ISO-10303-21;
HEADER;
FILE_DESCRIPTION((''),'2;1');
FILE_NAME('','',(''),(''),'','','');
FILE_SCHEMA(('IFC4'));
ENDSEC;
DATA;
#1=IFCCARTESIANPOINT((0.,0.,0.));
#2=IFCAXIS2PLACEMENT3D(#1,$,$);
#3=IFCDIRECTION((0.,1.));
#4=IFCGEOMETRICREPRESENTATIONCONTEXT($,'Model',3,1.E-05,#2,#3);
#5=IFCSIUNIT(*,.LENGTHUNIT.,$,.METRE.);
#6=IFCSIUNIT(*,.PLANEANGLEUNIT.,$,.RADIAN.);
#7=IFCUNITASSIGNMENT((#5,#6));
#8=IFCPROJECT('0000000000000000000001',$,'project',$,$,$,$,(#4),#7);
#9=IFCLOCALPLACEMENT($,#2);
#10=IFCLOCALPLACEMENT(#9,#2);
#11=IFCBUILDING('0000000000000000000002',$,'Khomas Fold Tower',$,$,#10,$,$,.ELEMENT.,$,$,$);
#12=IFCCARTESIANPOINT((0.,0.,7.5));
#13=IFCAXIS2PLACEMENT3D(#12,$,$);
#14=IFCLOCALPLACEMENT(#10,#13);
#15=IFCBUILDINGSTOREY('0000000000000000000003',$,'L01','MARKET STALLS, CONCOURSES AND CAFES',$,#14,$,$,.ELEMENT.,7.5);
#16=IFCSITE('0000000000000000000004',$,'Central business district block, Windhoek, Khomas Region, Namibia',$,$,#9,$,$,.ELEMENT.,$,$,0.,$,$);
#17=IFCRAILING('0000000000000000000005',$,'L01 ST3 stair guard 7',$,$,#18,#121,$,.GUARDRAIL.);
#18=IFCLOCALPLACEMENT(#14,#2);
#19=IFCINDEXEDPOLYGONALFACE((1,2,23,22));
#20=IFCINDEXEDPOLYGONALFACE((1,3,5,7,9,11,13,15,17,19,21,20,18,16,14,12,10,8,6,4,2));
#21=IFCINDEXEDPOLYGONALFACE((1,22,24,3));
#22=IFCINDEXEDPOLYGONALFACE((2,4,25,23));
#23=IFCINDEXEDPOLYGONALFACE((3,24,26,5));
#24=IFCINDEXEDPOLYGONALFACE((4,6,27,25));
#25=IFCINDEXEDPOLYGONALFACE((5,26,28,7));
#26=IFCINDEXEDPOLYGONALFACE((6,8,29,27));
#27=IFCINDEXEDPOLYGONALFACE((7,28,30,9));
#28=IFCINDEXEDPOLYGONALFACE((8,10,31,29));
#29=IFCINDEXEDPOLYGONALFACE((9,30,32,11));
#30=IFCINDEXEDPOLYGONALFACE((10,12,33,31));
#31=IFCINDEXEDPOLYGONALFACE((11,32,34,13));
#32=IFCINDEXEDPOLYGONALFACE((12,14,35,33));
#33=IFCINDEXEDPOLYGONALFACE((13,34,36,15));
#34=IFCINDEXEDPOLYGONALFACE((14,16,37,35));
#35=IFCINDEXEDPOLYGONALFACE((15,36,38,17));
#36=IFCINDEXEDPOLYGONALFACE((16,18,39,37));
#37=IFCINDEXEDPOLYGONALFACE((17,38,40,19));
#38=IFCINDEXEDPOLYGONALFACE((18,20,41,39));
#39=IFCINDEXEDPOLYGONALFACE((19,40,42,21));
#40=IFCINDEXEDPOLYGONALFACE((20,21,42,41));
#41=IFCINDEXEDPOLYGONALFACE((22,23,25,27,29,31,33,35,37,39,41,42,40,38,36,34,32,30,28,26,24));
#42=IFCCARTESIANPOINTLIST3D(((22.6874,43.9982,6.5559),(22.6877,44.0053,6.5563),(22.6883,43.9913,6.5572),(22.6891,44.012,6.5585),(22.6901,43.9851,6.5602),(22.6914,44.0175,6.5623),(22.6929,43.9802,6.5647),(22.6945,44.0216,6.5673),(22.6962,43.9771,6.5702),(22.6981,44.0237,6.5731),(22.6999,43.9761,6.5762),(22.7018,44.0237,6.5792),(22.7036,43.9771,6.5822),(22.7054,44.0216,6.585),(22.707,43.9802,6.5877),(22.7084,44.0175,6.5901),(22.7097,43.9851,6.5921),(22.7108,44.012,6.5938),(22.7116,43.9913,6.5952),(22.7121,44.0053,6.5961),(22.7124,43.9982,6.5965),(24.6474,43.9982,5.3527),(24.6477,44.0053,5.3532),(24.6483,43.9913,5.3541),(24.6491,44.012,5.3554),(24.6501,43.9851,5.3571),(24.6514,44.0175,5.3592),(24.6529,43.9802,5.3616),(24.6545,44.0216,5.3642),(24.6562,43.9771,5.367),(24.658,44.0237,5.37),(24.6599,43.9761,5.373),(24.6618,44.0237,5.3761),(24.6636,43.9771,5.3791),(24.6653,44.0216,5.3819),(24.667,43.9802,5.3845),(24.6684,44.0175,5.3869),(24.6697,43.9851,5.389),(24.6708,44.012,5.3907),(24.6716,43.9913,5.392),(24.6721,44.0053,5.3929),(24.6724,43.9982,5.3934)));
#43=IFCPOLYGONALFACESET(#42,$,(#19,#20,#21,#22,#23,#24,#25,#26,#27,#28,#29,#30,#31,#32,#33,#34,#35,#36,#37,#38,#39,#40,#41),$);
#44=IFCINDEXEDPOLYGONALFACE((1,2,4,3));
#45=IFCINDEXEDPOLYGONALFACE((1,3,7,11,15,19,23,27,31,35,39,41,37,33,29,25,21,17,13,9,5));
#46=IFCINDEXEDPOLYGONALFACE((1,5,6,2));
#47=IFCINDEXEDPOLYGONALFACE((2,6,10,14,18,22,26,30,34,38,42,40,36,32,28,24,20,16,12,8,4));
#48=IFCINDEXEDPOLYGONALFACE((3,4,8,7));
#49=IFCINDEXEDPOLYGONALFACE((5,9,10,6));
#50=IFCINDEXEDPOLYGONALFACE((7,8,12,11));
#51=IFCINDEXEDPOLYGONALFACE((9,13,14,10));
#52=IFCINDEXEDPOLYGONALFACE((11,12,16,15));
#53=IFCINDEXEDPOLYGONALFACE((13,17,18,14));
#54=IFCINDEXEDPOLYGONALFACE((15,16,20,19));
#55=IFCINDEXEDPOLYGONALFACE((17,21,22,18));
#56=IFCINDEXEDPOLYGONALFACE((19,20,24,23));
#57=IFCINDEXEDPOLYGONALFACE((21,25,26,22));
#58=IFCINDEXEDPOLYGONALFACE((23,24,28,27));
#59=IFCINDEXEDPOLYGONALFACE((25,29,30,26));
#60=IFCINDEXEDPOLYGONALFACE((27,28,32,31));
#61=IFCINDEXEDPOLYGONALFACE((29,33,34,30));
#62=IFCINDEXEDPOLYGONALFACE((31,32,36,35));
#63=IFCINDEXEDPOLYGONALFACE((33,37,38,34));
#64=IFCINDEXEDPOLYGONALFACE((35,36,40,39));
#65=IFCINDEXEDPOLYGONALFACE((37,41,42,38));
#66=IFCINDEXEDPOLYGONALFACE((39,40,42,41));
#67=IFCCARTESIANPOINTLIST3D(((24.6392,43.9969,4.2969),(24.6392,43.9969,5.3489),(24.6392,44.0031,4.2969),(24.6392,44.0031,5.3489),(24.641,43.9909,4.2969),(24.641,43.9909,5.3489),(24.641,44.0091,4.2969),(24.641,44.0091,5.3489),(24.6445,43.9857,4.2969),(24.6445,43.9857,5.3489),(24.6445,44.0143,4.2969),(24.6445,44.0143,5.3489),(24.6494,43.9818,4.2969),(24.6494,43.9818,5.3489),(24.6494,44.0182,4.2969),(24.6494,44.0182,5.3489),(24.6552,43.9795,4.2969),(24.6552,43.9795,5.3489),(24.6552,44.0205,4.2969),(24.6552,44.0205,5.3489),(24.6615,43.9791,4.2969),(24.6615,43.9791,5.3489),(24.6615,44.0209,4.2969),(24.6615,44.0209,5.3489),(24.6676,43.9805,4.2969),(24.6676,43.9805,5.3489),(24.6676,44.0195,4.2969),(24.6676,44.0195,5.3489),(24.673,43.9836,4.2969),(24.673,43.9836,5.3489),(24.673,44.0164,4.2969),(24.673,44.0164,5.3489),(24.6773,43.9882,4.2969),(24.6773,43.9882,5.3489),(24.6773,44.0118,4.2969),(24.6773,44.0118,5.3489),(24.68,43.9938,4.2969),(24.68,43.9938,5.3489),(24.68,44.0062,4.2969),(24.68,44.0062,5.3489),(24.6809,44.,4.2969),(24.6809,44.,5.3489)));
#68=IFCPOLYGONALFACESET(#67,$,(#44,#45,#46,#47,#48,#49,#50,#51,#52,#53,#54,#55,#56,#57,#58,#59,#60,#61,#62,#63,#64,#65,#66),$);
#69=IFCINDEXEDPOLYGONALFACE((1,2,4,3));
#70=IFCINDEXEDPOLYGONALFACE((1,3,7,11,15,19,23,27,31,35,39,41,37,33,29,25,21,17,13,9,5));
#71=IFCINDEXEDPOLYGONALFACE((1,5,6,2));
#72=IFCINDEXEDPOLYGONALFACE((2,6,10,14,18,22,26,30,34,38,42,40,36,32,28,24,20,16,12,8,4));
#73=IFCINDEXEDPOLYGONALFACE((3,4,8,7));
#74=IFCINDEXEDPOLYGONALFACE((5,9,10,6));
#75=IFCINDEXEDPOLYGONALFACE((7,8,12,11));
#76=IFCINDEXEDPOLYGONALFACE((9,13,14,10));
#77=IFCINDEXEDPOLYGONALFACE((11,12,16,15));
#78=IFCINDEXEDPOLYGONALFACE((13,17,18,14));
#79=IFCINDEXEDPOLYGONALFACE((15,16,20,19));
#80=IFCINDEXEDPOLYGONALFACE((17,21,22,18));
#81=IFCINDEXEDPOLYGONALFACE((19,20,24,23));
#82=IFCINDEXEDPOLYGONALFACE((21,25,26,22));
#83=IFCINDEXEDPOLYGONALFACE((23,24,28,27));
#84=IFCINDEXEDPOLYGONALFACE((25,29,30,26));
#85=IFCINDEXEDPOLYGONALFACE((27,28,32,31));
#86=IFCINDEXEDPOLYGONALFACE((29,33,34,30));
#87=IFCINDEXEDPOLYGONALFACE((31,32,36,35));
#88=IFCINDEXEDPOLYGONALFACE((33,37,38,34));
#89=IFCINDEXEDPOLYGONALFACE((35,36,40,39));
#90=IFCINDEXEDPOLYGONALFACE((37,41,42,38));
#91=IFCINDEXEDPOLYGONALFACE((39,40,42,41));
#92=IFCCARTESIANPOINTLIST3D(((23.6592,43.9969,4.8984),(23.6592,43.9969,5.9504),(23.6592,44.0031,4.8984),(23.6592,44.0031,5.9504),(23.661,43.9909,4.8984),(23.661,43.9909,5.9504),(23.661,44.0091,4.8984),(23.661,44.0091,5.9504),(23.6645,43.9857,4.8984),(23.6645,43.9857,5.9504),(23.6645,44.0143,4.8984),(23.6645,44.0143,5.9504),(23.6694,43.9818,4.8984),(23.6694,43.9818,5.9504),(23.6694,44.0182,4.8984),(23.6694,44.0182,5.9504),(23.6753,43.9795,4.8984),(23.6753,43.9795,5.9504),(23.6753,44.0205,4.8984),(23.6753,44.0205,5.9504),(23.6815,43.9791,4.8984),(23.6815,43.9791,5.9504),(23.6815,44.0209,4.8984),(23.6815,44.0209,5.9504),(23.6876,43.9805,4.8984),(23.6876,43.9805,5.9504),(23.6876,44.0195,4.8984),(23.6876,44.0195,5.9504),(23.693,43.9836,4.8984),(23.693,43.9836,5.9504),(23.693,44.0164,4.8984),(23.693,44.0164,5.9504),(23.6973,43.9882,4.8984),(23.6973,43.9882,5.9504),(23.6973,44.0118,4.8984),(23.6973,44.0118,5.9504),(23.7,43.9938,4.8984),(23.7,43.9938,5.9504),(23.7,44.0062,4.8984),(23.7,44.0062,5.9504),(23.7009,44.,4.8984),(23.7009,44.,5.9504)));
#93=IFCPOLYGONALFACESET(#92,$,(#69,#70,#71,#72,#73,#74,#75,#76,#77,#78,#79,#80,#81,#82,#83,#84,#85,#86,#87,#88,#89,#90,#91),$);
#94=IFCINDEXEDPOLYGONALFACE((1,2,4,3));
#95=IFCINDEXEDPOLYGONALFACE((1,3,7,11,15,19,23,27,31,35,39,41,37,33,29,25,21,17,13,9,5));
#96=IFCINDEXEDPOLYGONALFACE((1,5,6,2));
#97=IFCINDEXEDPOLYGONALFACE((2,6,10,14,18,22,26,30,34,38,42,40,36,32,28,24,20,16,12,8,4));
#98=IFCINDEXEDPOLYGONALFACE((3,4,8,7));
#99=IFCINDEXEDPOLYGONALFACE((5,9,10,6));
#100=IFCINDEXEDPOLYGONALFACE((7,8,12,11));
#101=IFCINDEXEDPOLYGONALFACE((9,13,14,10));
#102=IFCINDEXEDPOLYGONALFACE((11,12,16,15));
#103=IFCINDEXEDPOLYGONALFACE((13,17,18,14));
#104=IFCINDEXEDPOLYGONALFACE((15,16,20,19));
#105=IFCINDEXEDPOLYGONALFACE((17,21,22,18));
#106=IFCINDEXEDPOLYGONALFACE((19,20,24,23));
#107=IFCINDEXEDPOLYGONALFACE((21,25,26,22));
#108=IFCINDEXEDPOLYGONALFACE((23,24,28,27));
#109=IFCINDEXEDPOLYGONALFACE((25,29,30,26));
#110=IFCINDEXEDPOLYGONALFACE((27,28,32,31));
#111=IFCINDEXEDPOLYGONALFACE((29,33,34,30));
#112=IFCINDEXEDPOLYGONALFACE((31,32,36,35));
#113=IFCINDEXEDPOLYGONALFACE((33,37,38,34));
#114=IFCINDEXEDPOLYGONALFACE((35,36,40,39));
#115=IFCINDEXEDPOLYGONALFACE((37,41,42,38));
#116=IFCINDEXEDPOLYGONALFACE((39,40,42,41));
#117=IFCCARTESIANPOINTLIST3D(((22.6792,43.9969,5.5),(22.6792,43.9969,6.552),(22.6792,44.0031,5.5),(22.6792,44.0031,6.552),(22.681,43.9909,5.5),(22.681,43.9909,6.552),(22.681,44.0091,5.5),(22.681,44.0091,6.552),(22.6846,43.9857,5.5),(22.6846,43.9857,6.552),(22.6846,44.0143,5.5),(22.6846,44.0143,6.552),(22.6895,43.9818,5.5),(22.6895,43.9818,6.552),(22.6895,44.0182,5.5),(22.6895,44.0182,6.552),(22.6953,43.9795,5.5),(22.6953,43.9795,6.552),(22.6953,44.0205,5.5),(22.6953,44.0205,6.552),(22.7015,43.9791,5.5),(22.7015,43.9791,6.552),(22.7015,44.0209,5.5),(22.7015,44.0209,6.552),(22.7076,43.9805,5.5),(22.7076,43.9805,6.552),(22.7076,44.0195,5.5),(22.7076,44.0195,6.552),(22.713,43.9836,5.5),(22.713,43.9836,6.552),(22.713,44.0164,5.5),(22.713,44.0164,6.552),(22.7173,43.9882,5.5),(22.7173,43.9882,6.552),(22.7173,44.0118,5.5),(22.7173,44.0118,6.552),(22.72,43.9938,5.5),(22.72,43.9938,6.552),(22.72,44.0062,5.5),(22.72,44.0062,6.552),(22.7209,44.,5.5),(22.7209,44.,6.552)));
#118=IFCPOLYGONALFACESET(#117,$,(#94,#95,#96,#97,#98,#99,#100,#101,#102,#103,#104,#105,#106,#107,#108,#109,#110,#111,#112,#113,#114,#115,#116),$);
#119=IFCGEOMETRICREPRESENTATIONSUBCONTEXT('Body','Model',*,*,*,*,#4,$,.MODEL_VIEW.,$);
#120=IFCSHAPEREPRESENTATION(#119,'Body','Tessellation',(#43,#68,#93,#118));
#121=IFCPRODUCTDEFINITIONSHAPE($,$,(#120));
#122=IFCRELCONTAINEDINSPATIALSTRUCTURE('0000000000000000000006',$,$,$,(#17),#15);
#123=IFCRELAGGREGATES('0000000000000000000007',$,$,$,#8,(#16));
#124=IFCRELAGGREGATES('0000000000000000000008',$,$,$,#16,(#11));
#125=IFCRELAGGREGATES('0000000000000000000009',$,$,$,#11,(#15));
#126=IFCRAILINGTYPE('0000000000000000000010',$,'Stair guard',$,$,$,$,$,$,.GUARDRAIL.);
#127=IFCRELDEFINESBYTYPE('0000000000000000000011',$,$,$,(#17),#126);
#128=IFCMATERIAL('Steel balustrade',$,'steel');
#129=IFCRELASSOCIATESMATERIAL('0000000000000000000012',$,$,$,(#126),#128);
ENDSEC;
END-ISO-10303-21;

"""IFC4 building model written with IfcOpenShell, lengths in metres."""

from ifc_helpers import new_model, si_unit, direction, frame, origin, origin_2d, place, context, subcontext, project, spatial, circle, extrude, source, transform, mapped, material, type_object, element, save


model = new_model("IFC4")

# Units and contexts
model_context = context("Model", 3, precision=1e-05, world=origin(), true_north=direction((0.0, 1.0)))
body_context = subcontext(model_context, "Body", "Model", "MODEL_VIEW")
ifc_project = project(units=[si_unit("LENGTHUNIT", "METRE"), si_unit("PLANEANGLEUNIT", "RADIAN")], contexts=[model_context])

# Site, building, storey
site_placement = place(None, origin())
site = spatial("IfcSite", under=ifc_project, at=site_placement, Name="Central business district block, Windhoek, Khomas Region, Namibia", CompositionType="ELEMENT", RefElevation=0.0)
building_placement = place(site_placement, origin())
building = spatial("IfcBuilding", under=site, at=building_placement, Name="Khomas Fold Tower", CompositionType="ELEMENT")
storey_placement = place(building_placement, frame((0.0, 0.0, 7.5)))
storey = spatial("IfcBuildingStorey", under=building, at=storey_placement, Name="L01", Description="MARKET STALLS, CONCOURSES AND CAFES", CompositionType="ELEMENT", Elevation=7.5)

# Railing
ifc_material_1 = material(Name="Steel balustrade", Category="steel")
railing_type_1 = type_object("IfcRailingType", Name="Stair guard", PredefinedType="GUARDRAIL", material=ifc_material_1)
shared_shape_1 = source(origin(), body_context, "Body", "SweptSolid", [
    extrude(circle(Radius=0.0239, at=origin_2d()), frame((0.0, 0.0, 1.0762), z_axis=(-0.852241, 0.0, 0.523149), x_axis=(0.0, -1.0, 0.0)), (0.0, 0.0, 1.0), 2.2998),
    extrude(circle(Radius=0.021, at=origin_2d()), origin(), (0.0, 0.0, 1.0), 1.052),
    extrude(circle(Radius=0.021, at=origin_2d()), frame((-0.98, 0.0, 0.6016)), (0.0, 0.0, 1.0), 1.052),
    extrude(circle(Radius=0.021, at=origin_2d()), frame((-1.96, 0.0, 1.2031)), (0.0, 0.0, 1.0), 1.052),
])
for number, where, name in (
    (1, (24.6599, 44.0, 4.2969), "L01 ST3 stair guard 7"),
):
    element("IfcRailing", number, at=place(storey_placement, frame(where)), inside=storey, type_object=railing_type_1, Name=name, PredefinedType="GUARDRAIL", context=body_context, shape_type="MappedRepresentation", body=[
        mapped(shared_shape_1, transform((0.0, 0.0, 0.0))),
    ])

save(model, "model.ifc")
